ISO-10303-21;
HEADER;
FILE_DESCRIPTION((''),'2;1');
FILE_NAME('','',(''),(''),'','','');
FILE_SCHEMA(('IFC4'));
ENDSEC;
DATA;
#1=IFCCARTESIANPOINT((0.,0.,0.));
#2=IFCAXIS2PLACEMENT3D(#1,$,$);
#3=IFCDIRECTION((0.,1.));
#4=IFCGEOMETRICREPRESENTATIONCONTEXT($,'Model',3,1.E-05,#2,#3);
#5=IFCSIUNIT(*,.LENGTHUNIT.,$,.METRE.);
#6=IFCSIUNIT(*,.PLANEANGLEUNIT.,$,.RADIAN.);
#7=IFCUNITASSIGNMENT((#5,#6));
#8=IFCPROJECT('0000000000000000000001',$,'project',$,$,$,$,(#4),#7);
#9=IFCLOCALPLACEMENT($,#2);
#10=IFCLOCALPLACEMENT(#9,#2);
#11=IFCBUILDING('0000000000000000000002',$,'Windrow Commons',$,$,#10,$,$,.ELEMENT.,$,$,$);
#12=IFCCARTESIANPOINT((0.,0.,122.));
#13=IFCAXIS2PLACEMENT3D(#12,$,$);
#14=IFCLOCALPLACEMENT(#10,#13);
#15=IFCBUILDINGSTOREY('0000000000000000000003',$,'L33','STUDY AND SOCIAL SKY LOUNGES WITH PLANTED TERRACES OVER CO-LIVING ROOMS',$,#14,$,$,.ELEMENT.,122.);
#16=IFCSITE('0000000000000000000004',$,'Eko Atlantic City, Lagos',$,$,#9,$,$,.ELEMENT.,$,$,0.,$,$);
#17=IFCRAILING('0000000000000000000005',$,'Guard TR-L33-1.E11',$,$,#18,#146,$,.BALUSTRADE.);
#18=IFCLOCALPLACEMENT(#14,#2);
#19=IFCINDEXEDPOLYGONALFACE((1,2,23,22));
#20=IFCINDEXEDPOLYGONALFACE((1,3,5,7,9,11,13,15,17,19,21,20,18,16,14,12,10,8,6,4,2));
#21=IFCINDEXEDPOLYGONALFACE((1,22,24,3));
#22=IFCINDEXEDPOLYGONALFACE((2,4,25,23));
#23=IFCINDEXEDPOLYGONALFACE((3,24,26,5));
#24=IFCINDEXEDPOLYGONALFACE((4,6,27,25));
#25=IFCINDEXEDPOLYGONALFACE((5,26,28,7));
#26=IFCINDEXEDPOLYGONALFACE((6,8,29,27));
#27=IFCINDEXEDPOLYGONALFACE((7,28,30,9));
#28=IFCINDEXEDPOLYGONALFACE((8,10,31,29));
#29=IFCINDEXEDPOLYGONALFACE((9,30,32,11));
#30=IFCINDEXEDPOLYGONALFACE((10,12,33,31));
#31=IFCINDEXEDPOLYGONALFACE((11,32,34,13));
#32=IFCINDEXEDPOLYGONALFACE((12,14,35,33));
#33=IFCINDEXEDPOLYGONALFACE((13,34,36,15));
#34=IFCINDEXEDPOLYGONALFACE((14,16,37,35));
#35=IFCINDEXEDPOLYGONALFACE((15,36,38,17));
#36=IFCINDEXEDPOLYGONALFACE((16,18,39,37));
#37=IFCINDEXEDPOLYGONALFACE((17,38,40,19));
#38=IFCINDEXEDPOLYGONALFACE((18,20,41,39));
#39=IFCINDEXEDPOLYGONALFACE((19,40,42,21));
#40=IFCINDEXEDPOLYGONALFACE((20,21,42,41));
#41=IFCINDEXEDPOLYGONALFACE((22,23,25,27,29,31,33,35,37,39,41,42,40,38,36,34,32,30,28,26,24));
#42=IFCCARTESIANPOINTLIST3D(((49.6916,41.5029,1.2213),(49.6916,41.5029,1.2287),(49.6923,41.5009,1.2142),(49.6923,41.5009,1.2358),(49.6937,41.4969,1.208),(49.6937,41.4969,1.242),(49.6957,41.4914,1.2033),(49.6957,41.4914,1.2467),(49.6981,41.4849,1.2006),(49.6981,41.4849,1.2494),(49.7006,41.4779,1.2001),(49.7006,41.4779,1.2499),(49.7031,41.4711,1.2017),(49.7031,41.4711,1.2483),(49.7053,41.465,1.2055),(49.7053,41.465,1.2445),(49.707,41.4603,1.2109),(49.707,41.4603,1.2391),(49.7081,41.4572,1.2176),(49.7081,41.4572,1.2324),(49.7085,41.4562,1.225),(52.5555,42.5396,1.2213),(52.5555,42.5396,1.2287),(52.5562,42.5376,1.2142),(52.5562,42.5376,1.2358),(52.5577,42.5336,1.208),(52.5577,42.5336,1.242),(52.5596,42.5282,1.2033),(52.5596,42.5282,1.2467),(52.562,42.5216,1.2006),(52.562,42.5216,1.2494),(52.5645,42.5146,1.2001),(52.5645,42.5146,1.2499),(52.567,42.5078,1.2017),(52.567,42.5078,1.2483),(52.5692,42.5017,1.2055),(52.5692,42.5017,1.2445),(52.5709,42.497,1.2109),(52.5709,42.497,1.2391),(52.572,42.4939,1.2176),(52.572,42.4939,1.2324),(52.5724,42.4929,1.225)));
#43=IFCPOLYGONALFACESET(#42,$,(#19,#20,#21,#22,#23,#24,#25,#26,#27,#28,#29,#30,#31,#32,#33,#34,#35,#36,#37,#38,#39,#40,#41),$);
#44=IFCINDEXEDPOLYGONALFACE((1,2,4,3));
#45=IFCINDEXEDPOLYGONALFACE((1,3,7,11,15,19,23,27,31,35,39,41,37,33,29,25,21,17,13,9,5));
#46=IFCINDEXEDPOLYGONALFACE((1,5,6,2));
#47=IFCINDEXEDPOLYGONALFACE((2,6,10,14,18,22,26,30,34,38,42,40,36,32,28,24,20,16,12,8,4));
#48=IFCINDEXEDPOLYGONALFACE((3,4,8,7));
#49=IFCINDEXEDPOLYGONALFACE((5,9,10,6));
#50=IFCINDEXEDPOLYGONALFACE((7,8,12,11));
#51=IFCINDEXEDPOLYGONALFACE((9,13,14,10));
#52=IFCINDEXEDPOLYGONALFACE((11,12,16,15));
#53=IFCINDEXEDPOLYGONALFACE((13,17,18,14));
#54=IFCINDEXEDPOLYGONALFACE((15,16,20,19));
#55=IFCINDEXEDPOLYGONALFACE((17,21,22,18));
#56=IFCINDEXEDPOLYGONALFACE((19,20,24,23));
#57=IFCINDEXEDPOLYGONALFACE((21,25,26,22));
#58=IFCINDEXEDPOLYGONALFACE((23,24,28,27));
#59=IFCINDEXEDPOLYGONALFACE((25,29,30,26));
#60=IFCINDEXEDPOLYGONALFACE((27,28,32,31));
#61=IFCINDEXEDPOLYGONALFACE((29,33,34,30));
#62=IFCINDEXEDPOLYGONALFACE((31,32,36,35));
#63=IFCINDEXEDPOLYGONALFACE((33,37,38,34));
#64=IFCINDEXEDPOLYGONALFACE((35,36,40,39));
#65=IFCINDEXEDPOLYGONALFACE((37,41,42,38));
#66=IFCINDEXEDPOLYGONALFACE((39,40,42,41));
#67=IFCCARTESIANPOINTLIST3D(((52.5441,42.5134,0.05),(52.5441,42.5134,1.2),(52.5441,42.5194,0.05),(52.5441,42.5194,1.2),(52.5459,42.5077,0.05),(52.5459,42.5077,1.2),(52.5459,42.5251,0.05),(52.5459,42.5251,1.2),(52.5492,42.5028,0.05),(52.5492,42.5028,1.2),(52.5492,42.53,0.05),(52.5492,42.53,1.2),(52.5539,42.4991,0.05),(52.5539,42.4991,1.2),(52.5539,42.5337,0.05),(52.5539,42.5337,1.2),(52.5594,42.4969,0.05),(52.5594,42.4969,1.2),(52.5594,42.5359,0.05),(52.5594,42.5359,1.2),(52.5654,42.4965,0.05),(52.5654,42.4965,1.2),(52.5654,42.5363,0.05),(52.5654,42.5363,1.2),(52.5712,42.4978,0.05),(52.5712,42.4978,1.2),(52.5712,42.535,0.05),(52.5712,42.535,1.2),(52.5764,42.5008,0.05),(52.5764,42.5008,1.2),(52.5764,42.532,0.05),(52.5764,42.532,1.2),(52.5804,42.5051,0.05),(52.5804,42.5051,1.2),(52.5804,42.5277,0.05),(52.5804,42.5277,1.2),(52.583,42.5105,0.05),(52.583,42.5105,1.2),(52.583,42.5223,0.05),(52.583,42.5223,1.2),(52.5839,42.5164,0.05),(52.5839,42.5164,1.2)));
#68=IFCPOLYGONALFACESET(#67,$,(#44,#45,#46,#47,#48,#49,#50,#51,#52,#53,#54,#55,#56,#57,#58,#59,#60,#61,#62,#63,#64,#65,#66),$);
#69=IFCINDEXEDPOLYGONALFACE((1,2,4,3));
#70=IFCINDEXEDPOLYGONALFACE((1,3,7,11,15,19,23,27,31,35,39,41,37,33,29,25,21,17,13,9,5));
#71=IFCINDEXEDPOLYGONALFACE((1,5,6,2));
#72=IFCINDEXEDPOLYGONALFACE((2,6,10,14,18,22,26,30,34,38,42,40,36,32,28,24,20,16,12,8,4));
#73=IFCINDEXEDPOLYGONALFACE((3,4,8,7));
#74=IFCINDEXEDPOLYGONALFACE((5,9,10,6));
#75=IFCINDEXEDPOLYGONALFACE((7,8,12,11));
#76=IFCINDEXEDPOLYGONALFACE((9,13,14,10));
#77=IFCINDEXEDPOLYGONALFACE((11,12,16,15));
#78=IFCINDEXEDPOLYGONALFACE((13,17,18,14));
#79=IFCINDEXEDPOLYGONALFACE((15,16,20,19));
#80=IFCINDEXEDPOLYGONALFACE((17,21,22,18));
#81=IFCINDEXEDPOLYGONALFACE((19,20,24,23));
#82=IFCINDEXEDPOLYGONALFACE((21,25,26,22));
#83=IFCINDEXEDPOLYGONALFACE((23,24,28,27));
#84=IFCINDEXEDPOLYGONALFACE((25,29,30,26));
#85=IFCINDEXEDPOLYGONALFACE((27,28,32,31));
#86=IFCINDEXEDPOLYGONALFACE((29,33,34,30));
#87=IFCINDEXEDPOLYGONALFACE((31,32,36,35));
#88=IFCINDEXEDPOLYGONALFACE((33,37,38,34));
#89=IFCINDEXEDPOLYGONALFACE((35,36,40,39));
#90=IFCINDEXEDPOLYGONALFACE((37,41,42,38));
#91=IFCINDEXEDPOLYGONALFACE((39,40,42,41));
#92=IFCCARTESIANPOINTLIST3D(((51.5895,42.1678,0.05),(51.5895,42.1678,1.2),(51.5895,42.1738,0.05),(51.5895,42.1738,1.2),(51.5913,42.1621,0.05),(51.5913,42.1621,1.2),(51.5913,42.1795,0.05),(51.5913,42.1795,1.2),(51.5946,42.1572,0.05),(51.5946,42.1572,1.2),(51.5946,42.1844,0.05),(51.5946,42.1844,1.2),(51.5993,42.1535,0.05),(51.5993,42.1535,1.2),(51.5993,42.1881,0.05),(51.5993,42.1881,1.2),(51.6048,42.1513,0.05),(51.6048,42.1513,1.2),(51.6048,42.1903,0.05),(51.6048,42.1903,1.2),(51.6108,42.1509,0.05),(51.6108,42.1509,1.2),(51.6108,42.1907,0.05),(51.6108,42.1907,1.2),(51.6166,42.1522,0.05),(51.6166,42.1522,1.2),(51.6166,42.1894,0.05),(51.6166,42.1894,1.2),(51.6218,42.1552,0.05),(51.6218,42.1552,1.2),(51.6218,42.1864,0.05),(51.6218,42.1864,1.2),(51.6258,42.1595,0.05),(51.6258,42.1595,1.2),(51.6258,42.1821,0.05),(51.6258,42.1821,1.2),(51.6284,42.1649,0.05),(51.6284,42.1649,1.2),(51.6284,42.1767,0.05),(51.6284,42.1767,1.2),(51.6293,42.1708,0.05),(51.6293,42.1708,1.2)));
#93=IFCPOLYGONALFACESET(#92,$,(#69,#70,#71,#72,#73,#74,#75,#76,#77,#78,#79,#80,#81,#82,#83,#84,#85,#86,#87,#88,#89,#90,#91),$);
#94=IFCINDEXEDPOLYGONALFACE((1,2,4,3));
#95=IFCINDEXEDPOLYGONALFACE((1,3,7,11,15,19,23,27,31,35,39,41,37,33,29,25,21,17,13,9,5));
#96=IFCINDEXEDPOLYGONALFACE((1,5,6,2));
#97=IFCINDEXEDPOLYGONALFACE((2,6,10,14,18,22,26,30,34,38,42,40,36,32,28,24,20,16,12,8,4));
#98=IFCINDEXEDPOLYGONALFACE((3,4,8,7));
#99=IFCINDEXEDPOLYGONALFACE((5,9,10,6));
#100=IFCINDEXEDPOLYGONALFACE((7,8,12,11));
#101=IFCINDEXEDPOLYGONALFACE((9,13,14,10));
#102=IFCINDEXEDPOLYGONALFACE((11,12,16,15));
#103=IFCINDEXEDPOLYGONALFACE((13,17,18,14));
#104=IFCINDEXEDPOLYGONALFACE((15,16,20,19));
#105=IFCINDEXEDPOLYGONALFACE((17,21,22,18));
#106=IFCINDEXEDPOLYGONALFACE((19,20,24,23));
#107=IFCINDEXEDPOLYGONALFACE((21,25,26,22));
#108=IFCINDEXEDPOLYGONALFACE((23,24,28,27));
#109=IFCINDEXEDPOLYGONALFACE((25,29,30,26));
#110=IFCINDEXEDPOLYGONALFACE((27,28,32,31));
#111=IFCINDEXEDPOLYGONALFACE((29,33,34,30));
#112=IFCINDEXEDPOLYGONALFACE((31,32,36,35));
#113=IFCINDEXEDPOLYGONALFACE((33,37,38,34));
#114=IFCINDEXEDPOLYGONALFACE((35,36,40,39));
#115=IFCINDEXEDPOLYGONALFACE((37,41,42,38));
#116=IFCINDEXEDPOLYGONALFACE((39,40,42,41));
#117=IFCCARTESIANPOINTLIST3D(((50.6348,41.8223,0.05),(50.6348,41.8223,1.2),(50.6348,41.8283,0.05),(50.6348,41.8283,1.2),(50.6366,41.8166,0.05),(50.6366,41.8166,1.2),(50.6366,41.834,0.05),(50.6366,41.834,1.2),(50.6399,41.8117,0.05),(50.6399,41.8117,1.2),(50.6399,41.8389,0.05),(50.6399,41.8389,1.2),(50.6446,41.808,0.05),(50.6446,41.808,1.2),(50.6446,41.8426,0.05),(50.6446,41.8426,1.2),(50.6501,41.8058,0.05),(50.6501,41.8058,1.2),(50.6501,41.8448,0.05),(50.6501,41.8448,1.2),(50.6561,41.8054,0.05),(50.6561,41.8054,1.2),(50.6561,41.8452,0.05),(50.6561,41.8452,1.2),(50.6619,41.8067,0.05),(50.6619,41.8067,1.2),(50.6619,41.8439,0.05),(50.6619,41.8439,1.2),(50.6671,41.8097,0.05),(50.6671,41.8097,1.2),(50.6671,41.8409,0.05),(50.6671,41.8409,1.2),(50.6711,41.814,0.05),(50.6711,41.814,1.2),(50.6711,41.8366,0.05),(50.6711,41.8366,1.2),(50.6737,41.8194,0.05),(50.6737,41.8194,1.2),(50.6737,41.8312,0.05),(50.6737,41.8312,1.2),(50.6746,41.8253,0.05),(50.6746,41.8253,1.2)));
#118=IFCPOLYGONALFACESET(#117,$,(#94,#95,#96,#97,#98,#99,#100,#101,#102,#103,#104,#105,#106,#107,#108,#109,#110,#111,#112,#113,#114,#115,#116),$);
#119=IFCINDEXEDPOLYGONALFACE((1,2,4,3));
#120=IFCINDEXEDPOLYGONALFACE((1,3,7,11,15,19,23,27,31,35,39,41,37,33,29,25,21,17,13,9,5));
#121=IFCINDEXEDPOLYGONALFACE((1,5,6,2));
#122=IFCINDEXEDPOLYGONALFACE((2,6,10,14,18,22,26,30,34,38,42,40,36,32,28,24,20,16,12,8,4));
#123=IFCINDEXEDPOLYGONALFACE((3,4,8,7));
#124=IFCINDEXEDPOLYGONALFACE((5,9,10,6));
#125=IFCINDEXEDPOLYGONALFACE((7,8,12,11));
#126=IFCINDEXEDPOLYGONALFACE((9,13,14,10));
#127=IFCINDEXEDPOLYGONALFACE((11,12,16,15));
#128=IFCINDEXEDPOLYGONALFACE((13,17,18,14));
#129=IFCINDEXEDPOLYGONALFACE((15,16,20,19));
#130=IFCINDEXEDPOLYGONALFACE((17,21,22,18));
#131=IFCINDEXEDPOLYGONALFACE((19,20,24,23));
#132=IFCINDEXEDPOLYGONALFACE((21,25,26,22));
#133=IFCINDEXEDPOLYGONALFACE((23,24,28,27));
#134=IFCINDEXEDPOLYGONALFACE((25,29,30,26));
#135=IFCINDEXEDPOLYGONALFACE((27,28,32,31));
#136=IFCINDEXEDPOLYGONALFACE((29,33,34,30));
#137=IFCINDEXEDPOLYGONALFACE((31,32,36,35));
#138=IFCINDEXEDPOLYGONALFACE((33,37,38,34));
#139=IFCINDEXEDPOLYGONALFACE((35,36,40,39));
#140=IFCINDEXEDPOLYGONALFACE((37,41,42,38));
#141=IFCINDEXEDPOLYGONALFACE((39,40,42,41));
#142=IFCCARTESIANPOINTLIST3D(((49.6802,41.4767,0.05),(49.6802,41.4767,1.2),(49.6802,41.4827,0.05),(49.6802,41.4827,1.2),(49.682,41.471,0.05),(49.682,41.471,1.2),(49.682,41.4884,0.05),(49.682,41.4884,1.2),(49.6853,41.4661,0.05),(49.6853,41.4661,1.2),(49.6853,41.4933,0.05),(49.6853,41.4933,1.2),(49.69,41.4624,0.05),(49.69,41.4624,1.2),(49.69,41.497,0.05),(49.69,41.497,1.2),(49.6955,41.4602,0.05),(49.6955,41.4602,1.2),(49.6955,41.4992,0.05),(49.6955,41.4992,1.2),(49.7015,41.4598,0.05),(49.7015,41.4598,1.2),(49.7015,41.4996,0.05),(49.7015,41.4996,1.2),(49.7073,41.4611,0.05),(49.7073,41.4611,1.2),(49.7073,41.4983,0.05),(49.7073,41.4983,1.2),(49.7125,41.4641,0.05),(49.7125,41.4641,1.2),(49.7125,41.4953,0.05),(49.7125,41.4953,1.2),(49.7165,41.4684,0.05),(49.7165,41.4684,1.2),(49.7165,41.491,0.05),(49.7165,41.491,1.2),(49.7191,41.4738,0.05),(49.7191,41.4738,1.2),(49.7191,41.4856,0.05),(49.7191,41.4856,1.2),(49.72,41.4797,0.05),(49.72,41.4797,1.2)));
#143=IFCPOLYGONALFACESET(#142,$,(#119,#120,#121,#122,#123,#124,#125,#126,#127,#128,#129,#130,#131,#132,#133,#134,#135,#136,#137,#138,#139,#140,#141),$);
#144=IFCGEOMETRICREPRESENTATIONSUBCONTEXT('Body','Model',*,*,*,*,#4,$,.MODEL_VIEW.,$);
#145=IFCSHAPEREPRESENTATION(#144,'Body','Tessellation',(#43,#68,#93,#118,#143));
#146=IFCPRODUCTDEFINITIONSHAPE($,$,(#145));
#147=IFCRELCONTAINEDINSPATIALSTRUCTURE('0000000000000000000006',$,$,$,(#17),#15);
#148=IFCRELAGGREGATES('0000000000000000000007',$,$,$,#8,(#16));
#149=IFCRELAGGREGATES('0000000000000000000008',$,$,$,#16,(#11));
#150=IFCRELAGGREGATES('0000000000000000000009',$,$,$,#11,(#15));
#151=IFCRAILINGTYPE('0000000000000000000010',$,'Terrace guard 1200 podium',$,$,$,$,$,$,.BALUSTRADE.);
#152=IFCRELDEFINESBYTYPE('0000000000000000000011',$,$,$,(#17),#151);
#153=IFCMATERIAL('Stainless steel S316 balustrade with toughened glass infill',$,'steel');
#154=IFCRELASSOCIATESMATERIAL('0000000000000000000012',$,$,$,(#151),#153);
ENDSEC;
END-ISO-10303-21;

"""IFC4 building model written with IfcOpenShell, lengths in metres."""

from ifc_helpers import new_model, si_unit, direction, frame, origin, origin_2d, place, context, subcontext, project, spatial, circle, extrude, material, type_object, element, save


model = new_model("IFC4")

# Units and contexts
model_context = context("Model", 3, precision=1e-05, world=origin(), true_north=direction((0.0, 1.0)))
body_context = subcontext(model_context, "Body", "Model", "MODEL_VIEW")
ifc_project = project(units=[si_unit("LENGTHUNIT", "METRE"), si_unit("PLANEANGLEUNIT", "RADIAN")], contexts=[model_context])

# Site, building, storey
site_placement = place(None, origin())
site = spatial("IfcSite", under=ifc_project, at=site_placement, Name="Eko Atlantic City, Lagos", CompositionType="ELEMENT", RefElevation=0.0)
building_placement = place(site_placement, origin())
building = spatial("IfcBuilding", under=site, at=building_placement, Name="Windrow Commons", CompositionType="ELEMENT")
storey_placement = place(building_placement, frame((0.0, 0.0, 122.0)))
storey = spatial("IfcBuildingStorey", under=building, at=storey_placement, Name="L33", Description="STUDY AND SOCIAL SKY LOUNGES WITH PLANTED TERRACES OVER CO-LIVING ROOMS", CompositionType="ELEMENT", Elevation=122.0)

# Railing
ifc_material_1 = material(Name="Stainless steel S316 balustrade with toughened glass infill", Category="steel")
railing_type = type_object("IfcRailingType", Name="Terrace guard 1200 podium", PredefinedType="BALUSTRADE", material=ifc_material_1)
railing_1_placement = place(storey_placement, frame((52.5639, 42.5164, 0.05)))
element("IfcRailing", 1, at=railing_1_placement, inside=storey, type_object=railing_type, Name="Guard TR-L33-1.E11", PredefinedType="BALUSTRADE", context=body_context, shape_type="SweptSolid", body=[
    extrude(circle(Radius=0.025, at=origin_2d()), frame((0.0, 0.0, 1.175), z_axis=(-0.94029, -0.340375, 0.0), x_axis=(0.340375, -0.94029, 0.0)), (0.0, 0.0, 1.0), 3.0458),
    extrude(circle(Radius=0.02, at=origin_2d()), origin(), (0.0, 0.0, 1.0), 1.15),
    extrude(circle(Radius=0.02, at=origin_2d()), frame((-0.9546, -0.3456, 0.0)), (0.0, 0.0, 1.0), 1.15),
    extrude(circle(Radius=0.02, at=origin_2d()), frame((-1.9093, -0.6911, 0.0)), (0.0, 0.0, 1.0), 1.15),
    extrude(circle(Radius=0.02, at=origin_2d()), frame((-2.8639, -1.0367, 0.0)), (0.0, 0.0, 1.0), 1.15),
])

save(model, "model.ifc")
